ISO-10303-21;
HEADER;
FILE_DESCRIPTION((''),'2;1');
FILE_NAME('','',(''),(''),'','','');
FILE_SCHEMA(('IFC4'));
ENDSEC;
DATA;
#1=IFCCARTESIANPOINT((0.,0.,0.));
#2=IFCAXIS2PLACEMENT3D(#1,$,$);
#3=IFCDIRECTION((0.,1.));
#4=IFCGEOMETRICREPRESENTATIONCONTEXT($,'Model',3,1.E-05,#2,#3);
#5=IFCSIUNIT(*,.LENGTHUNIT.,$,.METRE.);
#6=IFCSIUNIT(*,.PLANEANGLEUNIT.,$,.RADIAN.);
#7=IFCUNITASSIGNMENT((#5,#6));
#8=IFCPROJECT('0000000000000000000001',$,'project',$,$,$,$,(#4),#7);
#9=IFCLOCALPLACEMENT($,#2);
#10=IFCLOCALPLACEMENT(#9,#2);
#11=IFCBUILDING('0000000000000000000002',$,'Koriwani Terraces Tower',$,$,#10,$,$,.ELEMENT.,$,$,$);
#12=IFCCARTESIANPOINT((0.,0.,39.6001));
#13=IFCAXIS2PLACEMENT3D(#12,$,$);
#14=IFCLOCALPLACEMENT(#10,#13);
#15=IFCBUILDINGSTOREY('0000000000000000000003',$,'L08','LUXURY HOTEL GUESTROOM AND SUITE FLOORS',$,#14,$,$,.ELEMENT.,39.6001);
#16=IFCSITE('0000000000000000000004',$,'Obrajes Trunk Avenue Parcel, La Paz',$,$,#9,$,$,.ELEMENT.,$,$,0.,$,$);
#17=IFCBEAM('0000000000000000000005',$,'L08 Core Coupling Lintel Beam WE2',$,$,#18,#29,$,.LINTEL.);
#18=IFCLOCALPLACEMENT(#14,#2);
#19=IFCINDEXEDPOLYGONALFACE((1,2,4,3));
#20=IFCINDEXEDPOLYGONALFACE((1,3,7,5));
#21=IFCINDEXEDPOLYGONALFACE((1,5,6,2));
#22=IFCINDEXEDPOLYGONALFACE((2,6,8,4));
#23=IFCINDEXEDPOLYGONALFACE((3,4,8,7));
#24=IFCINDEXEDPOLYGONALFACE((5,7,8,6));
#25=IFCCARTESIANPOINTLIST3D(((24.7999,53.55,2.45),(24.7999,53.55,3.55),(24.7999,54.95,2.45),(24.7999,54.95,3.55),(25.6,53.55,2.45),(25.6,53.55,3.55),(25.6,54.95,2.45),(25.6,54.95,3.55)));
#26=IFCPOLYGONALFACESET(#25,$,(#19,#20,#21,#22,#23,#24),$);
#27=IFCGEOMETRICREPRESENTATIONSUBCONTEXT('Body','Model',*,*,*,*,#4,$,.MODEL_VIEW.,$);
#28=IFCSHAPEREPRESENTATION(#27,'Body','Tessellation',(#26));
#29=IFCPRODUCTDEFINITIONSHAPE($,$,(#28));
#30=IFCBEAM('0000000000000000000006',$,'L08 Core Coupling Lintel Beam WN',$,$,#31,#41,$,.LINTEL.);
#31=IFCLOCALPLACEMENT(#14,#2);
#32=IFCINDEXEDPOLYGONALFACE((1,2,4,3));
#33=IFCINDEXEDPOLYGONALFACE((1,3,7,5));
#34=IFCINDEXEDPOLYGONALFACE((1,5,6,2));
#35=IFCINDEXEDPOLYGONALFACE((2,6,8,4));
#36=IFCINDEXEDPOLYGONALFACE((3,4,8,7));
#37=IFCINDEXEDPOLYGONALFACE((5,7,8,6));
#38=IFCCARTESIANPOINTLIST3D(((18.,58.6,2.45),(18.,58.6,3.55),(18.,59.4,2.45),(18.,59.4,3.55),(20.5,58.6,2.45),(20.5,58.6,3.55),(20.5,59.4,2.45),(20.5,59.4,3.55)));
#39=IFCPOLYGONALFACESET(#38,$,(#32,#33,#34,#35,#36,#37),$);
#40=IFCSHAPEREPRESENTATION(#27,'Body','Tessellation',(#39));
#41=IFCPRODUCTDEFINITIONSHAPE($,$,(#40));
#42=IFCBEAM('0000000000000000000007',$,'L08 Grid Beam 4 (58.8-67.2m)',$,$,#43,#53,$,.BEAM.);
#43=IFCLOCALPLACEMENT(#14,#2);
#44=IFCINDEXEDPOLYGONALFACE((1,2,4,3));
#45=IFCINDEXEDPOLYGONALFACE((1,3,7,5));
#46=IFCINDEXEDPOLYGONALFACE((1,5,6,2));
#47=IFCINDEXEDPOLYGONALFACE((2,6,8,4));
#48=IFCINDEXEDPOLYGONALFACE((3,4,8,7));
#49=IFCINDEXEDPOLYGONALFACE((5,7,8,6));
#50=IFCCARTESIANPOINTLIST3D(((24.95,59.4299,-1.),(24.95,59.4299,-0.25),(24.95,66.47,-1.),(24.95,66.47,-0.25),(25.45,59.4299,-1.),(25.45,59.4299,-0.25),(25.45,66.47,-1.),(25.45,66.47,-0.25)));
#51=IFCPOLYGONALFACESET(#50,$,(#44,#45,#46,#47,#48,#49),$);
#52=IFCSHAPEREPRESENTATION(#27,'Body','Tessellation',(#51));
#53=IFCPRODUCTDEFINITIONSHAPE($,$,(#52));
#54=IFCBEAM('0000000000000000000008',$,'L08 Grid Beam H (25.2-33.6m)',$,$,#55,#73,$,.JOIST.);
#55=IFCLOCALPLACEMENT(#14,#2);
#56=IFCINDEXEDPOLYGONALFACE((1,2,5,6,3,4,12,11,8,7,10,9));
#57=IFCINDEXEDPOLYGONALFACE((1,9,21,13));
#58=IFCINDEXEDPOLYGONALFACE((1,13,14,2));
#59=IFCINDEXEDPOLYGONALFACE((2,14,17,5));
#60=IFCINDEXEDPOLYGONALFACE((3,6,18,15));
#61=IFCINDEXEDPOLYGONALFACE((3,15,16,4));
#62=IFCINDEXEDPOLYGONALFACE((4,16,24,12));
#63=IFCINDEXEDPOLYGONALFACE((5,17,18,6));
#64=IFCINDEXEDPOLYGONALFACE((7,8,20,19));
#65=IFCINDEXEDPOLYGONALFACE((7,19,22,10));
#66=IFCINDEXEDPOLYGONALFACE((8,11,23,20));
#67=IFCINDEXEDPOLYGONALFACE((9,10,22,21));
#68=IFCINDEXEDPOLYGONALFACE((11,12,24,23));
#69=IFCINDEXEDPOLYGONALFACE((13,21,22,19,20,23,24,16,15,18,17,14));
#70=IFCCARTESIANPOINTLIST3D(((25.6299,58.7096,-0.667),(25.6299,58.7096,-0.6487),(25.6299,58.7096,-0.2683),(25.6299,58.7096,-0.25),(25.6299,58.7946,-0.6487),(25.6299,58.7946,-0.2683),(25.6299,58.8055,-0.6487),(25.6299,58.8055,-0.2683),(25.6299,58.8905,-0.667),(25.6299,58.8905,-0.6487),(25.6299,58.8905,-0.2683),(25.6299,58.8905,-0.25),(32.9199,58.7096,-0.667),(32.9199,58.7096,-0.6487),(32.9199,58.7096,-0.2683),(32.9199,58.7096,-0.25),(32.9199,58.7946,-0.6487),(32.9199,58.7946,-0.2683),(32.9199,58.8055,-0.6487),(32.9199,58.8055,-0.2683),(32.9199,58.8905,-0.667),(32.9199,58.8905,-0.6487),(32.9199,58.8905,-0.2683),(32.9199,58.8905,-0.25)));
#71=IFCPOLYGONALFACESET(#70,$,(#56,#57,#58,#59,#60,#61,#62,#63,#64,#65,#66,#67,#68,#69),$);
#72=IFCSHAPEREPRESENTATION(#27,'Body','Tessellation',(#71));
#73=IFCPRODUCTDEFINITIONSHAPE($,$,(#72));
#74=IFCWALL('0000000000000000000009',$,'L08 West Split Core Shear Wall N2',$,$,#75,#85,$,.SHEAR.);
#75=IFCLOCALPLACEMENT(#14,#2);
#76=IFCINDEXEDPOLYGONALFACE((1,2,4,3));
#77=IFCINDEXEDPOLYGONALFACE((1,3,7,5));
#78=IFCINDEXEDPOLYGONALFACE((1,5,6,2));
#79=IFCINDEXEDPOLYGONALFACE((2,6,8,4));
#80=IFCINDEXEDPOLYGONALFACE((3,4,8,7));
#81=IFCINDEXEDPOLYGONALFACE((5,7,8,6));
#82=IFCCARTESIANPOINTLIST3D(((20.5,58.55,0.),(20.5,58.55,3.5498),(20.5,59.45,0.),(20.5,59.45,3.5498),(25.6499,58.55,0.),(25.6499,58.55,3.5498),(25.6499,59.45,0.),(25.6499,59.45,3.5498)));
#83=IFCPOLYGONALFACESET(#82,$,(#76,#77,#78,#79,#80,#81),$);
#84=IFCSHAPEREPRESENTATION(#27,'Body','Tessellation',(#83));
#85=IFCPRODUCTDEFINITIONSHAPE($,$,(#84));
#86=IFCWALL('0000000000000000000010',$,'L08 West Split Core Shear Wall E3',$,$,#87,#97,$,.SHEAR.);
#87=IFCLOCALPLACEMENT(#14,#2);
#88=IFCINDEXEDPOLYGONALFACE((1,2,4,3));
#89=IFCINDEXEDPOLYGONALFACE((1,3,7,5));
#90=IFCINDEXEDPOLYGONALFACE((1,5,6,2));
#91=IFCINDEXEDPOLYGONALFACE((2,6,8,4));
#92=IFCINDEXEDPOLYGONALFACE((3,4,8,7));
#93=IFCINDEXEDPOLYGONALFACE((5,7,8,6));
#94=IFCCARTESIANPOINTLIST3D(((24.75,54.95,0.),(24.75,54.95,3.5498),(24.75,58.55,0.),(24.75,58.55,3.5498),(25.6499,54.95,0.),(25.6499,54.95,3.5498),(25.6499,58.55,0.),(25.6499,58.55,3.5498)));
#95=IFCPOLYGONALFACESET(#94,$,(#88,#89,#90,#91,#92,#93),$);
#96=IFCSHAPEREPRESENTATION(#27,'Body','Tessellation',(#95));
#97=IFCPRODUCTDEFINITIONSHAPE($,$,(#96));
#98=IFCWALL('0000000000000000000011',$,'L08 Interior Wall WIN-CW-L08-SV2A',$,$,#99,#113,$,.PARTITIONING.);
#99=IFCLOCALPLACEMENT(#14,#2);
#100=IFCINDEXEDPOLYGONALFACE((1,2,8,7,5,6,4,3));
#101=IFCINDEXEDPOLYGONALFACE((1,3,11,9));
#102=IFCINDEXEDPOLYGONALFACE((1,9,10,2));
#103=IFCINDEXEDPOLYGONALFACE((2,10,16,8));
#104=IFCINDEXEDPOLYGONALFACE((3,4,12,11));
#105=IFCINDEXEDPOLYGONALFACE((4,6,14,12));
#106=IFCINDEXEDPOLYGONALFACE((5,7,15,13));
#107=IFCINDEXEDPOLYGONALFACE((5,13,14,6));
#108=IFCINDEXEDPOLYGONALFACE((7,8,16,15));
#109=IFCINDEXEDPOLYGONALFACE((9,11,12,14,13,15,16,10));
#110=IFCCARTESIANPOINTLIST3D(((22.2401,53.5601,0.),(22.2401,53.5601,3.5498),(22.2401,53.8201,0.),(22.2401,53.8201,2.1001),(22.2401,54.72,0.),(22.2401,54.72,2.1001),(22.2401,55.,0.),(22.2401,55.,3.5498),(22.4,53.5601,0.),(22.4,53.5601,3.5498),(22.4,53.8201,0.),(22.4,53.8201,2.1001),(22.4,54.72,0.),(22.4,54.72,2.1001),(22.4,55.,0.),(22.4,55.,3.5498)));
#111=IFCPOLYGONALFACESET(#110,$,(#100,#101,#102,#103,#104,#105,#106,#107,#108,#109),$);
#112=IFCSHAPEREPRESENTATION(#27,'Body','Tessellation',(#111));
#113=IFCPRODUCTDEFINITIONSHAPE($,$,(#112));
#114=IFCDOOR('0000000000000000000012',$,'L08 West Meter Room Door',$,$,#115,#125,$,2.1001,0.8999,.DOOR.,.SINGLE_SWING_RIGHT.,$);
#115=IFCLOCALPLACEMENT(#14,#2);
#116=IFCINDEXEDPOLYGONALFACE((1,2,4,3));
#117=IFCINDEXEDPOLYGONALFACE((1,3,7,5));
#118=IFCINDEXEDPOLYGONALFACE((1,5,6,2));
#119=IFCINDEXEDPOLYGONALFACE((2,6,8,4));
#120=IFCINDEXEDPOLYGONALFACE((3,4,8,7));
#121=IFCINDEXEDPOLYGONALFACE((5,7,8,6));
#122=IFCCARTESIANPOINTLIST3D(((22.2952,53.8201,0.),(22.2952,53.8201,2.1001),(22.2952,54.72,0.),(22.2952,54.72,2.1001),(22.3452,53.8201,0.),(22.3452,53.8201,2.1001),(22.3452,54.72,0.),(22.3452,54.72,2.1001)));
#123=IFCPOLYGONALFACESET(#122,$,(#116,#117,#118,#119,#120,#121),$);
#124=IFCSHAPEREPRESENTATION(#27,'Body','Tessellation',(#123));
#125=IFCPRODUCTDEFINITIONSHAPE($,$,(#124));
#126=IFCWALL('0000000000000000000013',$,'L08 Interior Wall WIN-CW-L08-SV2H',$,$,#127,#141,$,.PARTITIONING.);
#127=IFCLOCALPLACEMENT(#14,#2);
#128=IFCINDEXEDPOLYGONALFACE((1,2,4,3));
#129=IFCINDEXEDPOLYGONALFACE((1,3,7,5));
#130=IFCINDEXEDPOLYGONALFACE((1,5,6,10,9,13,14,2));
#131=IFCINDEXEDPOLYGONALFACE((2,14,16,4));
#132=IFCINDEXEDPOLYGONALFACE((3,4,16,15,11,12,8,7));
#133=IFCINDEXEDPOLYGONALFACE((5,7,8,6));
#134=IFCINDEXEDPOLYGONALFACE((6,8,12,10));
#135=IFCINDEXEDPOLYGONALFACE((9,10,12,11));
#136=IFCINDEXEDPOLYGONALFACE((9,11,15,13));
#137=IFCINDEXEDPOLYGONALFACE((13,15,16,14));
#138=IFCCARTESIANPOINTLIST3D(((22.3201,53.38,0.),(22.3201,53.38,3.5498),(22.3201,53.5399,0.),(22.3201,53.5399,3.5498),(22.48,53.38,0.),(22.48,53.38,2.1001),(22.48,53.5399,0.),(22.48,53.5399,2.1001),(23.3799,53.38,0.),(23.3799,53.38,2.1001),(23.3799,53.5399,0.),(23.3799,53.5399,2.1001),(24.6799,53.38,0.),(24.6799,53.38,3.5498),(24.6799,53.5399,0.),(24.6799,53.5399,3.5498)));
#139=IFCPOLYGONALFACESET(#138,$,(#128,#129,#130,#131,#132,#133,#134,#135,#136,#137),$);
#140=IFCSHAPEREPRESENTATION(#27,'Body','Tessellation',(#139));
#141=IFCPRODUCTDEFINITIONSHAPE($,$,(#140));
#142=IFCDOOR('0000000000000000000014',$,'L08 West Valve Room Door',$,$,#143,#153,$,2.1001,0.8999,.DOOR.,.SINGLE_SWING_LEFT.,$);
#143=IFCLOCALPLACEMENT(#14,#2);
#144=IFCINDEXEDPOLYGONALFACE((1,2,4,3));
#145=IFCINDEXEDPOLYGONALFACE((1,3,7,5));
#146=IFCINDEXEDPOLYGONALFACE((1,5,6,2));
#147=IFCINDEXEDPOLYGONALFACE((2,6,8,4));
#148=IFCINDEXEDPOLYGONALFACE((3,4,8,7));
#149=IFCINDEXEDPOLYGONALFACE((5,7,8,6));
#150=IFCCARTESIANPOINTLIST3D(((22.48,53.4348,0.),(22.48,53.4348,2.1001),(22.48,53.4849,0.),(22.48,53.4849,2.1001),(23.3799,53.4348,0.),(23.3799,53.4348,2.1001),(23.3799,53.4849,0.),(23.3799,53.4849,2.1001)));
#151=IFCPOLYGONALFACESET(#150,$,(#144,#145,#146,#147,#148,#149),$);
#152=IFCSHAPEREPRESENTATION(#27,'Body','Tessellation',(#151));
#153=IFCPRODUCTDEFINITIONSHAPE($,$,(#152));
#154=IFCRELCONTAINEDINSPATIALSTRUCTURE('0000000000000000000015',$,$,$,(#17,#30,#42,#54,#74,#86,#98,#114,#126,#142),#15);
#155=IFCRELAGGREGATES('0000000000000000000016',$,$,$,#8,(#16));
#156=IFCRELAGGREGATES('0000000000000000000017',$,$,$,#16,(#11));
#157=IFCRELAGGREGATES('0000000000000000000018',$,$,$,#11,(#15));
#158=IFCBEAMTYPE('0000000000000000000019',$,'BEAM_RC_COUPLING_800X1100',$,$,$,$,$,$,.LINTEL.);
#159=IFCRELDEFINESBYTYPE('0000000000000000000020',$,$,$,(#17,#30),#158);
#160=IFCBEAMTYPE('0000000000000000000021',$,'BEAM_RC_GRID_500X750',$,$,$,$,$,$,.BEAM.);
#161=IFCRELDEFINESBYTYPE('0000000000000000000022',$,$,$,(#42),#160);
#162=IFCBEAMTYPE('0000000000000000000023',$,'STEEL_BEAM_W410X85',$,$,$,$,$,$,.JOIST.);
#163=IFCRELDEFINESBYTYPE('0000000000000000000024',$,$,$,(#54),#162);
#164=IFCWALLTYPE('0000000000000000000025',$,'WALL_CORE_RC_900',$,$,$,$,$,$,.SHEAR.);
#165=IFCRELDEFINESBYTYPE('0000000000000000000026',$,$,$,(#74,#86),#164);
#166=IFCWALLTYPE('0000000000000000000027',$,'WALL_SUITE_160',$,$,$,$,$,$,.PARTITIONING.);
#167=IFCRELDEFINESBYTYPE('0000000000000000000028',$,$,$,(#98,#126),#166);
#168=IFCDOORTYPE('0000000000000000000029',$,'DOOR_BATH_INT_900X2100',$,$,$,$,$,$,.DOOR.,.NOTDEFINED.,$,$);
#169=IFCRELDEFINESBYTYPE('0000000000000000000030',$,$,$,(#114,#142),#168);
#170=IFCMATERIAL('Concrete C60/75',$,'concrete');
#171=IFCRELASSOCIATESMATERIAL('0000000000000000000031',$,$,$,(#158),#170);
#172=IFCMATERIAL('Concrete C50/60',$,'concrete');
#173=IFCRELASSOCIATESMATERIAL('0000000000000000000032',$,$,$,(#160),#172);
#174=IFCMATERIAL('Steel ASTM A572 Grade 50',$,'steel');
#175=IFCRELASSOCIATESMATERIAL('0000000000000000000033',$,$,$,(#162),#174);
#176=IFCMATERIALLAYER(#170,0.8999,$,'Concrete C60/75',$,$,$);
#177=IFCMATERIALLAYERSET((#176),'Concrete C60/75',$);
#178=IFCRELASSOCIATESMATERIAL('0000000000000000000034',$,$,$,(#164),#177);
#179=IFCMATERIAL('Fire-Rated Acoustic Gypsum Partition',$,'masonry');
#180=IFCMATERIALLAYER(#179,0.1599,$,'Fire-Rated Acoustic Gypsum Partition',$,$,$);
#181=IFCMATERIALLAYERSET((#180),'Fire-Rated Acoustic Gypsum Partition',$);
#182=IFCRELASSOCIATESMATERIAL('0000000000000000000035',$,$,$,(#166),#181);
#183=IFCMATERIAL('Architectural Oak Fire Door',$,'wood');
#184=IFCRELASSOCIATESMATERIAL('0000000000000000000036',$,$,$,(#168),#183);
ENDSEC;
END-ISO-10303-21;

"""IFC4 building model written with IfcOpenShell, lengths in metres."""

from ifc_helpers import new_model, si_unit, direction, frame, frame_2d, origin, origin_2d, place, context, subcontext, project, spatial, rectangle, i_section, extrude, material, layer, layer_set, material_profile, profile_set, type_object, element, fill, save


model = new_model("IFC4")

# Units and contexts
model_context = context("Model", 3, precision=1e-05, world=origin(), true_north=direction((0.0, 1.0)))
body_context = subcontext(model_context, "Body", "Model", "MODEL_VIEW")
ifc_project = project(units=[si_unit("LENGTHUNIT", "METRE"), si_unit("PLANEANGLEUNIT", "RADIAN")], contexts=[model_context])

# Site, building, storey
site_placement = place(None, origin())
site = spatial("IfcSite", under=ifc_project, at=site_placement, Name="Obrajes Trunk Avenue Parcel, La Paz", CompositionType="ELEMENT", RefElevation=0.0)
building_placement = place(site_placement, origin())
building = spatial("IfcBuilding", under=site, at=building_placement, Name="Koriwani Terraces Tower", CompositionType="ELEMENT")
storey_placement = place(building_placement, frame((0.0, 0.0, 39.6001)))
storey = spatial("IfcBuildingStorey", under=building, at=storey_placement, Name="L08", Description="LUXURY HOTEL GUESTROOM AND SUITE FLOORS", CompositionType="ELEMENT", Elevation=39.6001)

# Beams
ifc_material_1 = material(Name="Concrete C60/75", Category="concrete")
ifc_material_profile_1 = material_profile(ifc_material_1, rectangle(XDim=0.8, YDim=1.1001, at=origin_2d()), Name="Concrete C60/75", Category="LoadBearing")
ifc_profile_set_1 = profile_set([ifc_material_profile_1], Name="Concrete C60/75")
beam_type_1 = type_object("IfcBeamType", Name="BEAM_RC_COUPLING_800X1100", PredefinedType="LINTEL", material=ifc_profile_set_1)
beam_1_placement = place(storey_placement, frame((25.2, 53.55, 3.0), z_axis=(0.0, 1.0, 0.0), x_axis=(-1.0, 0.0, 0.0)))
element("IfcBeam", 1, at=beam_1_placement, inside=storey, type_object=beam_type_1, Name="L08 Core Coupling Lintel Beam WE2", PredefinedType="LINTEL", context=body_context, shape_type="SweptSolid", body=[
    extrude(rectangle(XDim=0.8, YDim=1.1001, at=origin_2d()), origin(), (0.0, 0.0, 1.0), 1.3999),
])
beam_2_placement = place(storey_placement, frame((18.0, 59.0, 3.0), z_axis=(1.0, 0.0, 0.0), x_axis=(0.0, 1.0, 0.0)))
element("IfcBeam", 2, at=beam_2_placement, inside=storey, type_object=beam_type_1, Name="L08 Core Coupling Lintel Beam WN", PredefinedType="LINTEL", context=body_context, shape_type="SweptSolid", body=[
    extrude(rectangle(XDim=0.8, YDim=1.1001, at=origin_2d()), origin(), (0.0, 0.0, 1.0), 2.5),
])
ifc_material_2 = material(Name="Concrete C50/60", Category="concrete")
ifc_material_profile_2 = material_profile(ifc_material_2, rectangle(XDim=0.5, YDim=0.75, at=origin_2d()), Name="Concrete C50/60", Category="LoadBearing")
ifc_profile_set_2 = profile_set([ifc_material_profile_2], Name="Concrete C50/60")
beam_type_2 = type_object("IfcBeamType", Name="BEAM_RC_GRID_500X750", PredefinedType="BEAM", material=ifc_profile_set_2)
beam_3_placement = place(storey_placement, frame((25.2, 59.4299, -0.625), z_axis=(0.0, 1.0, 0.0), x_axis=(-1.0, 0.0, 0.0)))
element("IfcBeam", 3, at=beam_3_placement, inside=storey, type_object=beam_type_2, Name="L08 Grid Beam 4 (58.8-67.2m)", PredefinedType="BEAM", context=body_context, shape_type="SweptSolid", body=[
    extrude(rectangle(XDim=0.5, YDim=0.75, at=origin_2d()), origin(), (0.0, 0.0, 1.0), 7.04),
])
ifc_material_3 = material(Name="Steel ASTM A572 Grade 50", Category="steel")
ifc_material_profile_3 = material_profile(ifc_material_3, i_section(OverallWidth=0.1809, OverallDepth=0.417, WebThickness=0.011, FlangeThickness=0.0183, at=origin_2d()), Name="Steel ASTM A572 Grade 50", Category="LoadBearing")
ifc_profile_set_3 = profile_set([ifc_material_profile_3], Name="Steel ASTM A572 Grade 50")
beam_type_3 = type_object("IfcBeamType", Name="STEEL_BEAM_W410X85", PredefinedType="JOIST", material=ifc_profile_set_3)
beam_4_placement = place(storey_placement, frame((25.6299, 58.8, -0.4585), z_axis=(1.0, 0.0, 0.0), x_axis=(0.0, 1.0, 0.0)))
element("IfcBeam", 4, at=beam_4_placement, inside=storey, type_object=beam_type_3, Name="L08 Grid Beam H (25.2-33.6m)", PredefinedType="JOIST", context=body_context, shape_type="SweptSolid", body=[
    extrude(i_section(OverallWidth=0.1809, OverallDepth=0.417, WebThickness=0.011, FlangeThickness=0.0183, at=origin_2d()), origin(), (0.0, 0.0, 1.0), 7.29),
])

# Walls
ifc_layer_1 = layer(ifc_material_1, 0.8999, Name="Concrete C60/75")
ifc_layer_set_1 = layer_set([ifc_layer_1], Name="Concrete C60/75")
wall_type_1 = type_object("IfcWallType", Name="WALL_CORE_RC_900", PredefinedType="SHEAR", material=ifc_layer_set_1)
wall_1_placement = place(storey_placement, frame((20.5, 59.0, 0.0), z_axis=(0.0, 0.0, 1.0), x_axis=(1.0, 0.0, 0.0)))
element("IfcWall", 5, at=wall_1_placement, inside=storey, type_object=wall_type_1, Name="L08 West Split Core Shear Wall N2", PredefinedType="SHEAR", context=body_context, shape_type="SweptSolid", body=[
    extrude(rectangle(XDim=5.1499, YDim=0.8999, at=frame_2d((2.575, 0.0))), origin(), (0.0, 0.0, 1.0), 3.5498),
])
wall_2_placement = place(storey_placement, frame((25.2, 54.95, 0.0), z_axis=(0.0, 0.0, 1.0), x_axis=(0.0, 1.0, 0.0)))
element("IfcWall", 6, at=wall_2_placement, inside=storey, type_object=wall_type_1, Name="L08 West Split Core Shear Wall E3", PredefinedType="SHEAR", context=body_context, shape_type="SweptSolid", body=[
    extrude(rectangle(XDim=3.6001, YDim=0.8999, at=frame_2d((1.8, 0.0))), origin(), (0.0, 0.0, 1.0), 3.5498),
])

# Walls, openings, doors
ifc_material_4 = material(Name="Fire-Rated Acoustic Gypsum Partition", Category="masonry")
ifc_layer_2 = layer(ifc_material_4, 0.1599, Name="Fire-Rated Acoustic Gypsum Partition")
ifc_layer_set_2 = layer_set([ifc_layer_2], Name="Fire-Rated Acoustic Gypsum Partition")
wall_type_2 = type_object("IfcWallType", Name="WALL_SUITE_160", PredefinedType="PARTITIONING", material=ifc_layer_set_2)
wall_3_placement = place(storey_placement, frame((22.3201, 53.5601, 0.0), z_axis=(0.0, 0.0, 1.0), x_axis=(0.0, 1.0, 0.0)))
wall_3 = element("IfcWall", 7, at=wall_3_placement, inside=storey, type_object=wall_type_2, Name="L08 Interior Wall WIN-CW-L08-SV2A", PredefinedType="PARTITIONING", context=body_context, shape_type="SweptSolid", body=[
    extrude(rectangle(XDim=1.4399, YDim=0.1599, at=frame_2d((0.72, 0.0))), origin(), (0.0, 0.0, 1.0), 3.5498),
])
opening_1_placement = place(wall_3_placement, frame((0.26, 0.0, 0.0)))
opening_1 = element("IfcOpeningElement", 8, at=opening_1_placement, cuts=wall_3, PredefinedType="OPENING", context=body_context, shape_type="SweptSolid", body=[
    extrude(rectangle(XDim=0.8999, YDim=2.1001, at=frame_2d((0.45, 1.05))), frame((0.0, 0.0898, 0.0), z_axis=(0.0, -1.0, 0.0), x_axis=(1.0, 0.0, 0.0)), (0.0, 0.0, 1.0), 0.1799),
])
ifc_material_5 = material(Name="Architectural Oak Fire Door", Category="wood")
door_type_1 = type_object("IfcDoorType", Name="DOOR_BATH_INT_900X2100", OperationType="NOTDEFINED", PredefinedType="DOOR", material=ifc_material_5)
door_1_placement = place(opening_1_placement, origin())
door_1 = element("IfcDoor", 9, at=door_1_placement, inside=storey, type_object=door_type_1, Name="L08 West Meter Room Door", OperationType="SINGLE_SWING_RIGHT", OverallHeight=2.1001, OverallWidth=0.8999, PredefinedType="DOOR", context=body_context, shape_type="SweptSolid", body=[
    extrude(rectangle(XDim=0.8999, YDim=2.1001, at=frame_2d((0.45, 1.05))), frame((0.0, 0.0249, 0.0), z_axis=(0.0, -1.0, 0.0), x_axis=(1.0, 0.0, 0.0)), (0.0, 0.0, 1.0), 0.05),
])
fill(opening_1, door_1)
wall_4_placement = place(storey_placement, frame((22.3201, 53.46, 0.0), z_axis=(0.0, 0.0, 1.0), x_axis=(1.0, 0.0, 0.0)))
wall_4 = element("IfcWall", 10, at=wall_4_placement, inside=storey, type_object=wall_type_2, Name="L08 Interior Wall WIN-CW-L08-SV2H", PredefinedType="PARTITIONING", context=body_context, shape_type="SweptSolid", body=[
    extrude(rectangle(XDim=2.3599, YDim=0.1599, at=frame_2d((1.1799, 0.0))), origin(), (0.0, 0.0, 1.0), 3.5498),
])
opening_2_placement = place(wall_4_placement, frame((0.1599, 0.0, 0.0)))
opening_2 = element("IfcOpeningElement", 11, at=opening_2_placement, cuts=wall_4, PredefinedType="OPENING", context=body_context, shape_type="SweptSolid", body=[
    extrude(rectangle(XDim=0.8999, YDim=2.1001, at=frame_2d((0.45, 1.05))), frame((0.0, 0.0898, 0.0), z_axis=(0.0, -1.0, 0.0), x_axis=(1.0, 0.0, 0.0)), (0.0, 0.0, 1.0), 0.1799),
])
door_2_placement = place(opening_2_placement, origin())
door_2 = element("IfcDoor", 12, at=door_2_placement, inside=storey, type_object=door_type_1, Name="L08 West Valve Room Door", OperationType="SINGLE_SWING_LEFT", OverallHeight=2.1001, OverallWidth=0.8999, PredefinedType="DOOR", context=body_context, shape_type="SweptSolid", body=[
    extrude(rectangle(XDim=0.8999, YDim=2.1001, at=frame_2d((0.45, 1.05))), frame((0.0, 0.0249, 0.0), z_axis=(0.0, -1.0, 0.0), x_axis=(1.0, 0.0, 0.0)), (0.0, 0.0, 1.0), 0.05),
])
fill(opening_2, door_2)

save(model, "model.ifc")
